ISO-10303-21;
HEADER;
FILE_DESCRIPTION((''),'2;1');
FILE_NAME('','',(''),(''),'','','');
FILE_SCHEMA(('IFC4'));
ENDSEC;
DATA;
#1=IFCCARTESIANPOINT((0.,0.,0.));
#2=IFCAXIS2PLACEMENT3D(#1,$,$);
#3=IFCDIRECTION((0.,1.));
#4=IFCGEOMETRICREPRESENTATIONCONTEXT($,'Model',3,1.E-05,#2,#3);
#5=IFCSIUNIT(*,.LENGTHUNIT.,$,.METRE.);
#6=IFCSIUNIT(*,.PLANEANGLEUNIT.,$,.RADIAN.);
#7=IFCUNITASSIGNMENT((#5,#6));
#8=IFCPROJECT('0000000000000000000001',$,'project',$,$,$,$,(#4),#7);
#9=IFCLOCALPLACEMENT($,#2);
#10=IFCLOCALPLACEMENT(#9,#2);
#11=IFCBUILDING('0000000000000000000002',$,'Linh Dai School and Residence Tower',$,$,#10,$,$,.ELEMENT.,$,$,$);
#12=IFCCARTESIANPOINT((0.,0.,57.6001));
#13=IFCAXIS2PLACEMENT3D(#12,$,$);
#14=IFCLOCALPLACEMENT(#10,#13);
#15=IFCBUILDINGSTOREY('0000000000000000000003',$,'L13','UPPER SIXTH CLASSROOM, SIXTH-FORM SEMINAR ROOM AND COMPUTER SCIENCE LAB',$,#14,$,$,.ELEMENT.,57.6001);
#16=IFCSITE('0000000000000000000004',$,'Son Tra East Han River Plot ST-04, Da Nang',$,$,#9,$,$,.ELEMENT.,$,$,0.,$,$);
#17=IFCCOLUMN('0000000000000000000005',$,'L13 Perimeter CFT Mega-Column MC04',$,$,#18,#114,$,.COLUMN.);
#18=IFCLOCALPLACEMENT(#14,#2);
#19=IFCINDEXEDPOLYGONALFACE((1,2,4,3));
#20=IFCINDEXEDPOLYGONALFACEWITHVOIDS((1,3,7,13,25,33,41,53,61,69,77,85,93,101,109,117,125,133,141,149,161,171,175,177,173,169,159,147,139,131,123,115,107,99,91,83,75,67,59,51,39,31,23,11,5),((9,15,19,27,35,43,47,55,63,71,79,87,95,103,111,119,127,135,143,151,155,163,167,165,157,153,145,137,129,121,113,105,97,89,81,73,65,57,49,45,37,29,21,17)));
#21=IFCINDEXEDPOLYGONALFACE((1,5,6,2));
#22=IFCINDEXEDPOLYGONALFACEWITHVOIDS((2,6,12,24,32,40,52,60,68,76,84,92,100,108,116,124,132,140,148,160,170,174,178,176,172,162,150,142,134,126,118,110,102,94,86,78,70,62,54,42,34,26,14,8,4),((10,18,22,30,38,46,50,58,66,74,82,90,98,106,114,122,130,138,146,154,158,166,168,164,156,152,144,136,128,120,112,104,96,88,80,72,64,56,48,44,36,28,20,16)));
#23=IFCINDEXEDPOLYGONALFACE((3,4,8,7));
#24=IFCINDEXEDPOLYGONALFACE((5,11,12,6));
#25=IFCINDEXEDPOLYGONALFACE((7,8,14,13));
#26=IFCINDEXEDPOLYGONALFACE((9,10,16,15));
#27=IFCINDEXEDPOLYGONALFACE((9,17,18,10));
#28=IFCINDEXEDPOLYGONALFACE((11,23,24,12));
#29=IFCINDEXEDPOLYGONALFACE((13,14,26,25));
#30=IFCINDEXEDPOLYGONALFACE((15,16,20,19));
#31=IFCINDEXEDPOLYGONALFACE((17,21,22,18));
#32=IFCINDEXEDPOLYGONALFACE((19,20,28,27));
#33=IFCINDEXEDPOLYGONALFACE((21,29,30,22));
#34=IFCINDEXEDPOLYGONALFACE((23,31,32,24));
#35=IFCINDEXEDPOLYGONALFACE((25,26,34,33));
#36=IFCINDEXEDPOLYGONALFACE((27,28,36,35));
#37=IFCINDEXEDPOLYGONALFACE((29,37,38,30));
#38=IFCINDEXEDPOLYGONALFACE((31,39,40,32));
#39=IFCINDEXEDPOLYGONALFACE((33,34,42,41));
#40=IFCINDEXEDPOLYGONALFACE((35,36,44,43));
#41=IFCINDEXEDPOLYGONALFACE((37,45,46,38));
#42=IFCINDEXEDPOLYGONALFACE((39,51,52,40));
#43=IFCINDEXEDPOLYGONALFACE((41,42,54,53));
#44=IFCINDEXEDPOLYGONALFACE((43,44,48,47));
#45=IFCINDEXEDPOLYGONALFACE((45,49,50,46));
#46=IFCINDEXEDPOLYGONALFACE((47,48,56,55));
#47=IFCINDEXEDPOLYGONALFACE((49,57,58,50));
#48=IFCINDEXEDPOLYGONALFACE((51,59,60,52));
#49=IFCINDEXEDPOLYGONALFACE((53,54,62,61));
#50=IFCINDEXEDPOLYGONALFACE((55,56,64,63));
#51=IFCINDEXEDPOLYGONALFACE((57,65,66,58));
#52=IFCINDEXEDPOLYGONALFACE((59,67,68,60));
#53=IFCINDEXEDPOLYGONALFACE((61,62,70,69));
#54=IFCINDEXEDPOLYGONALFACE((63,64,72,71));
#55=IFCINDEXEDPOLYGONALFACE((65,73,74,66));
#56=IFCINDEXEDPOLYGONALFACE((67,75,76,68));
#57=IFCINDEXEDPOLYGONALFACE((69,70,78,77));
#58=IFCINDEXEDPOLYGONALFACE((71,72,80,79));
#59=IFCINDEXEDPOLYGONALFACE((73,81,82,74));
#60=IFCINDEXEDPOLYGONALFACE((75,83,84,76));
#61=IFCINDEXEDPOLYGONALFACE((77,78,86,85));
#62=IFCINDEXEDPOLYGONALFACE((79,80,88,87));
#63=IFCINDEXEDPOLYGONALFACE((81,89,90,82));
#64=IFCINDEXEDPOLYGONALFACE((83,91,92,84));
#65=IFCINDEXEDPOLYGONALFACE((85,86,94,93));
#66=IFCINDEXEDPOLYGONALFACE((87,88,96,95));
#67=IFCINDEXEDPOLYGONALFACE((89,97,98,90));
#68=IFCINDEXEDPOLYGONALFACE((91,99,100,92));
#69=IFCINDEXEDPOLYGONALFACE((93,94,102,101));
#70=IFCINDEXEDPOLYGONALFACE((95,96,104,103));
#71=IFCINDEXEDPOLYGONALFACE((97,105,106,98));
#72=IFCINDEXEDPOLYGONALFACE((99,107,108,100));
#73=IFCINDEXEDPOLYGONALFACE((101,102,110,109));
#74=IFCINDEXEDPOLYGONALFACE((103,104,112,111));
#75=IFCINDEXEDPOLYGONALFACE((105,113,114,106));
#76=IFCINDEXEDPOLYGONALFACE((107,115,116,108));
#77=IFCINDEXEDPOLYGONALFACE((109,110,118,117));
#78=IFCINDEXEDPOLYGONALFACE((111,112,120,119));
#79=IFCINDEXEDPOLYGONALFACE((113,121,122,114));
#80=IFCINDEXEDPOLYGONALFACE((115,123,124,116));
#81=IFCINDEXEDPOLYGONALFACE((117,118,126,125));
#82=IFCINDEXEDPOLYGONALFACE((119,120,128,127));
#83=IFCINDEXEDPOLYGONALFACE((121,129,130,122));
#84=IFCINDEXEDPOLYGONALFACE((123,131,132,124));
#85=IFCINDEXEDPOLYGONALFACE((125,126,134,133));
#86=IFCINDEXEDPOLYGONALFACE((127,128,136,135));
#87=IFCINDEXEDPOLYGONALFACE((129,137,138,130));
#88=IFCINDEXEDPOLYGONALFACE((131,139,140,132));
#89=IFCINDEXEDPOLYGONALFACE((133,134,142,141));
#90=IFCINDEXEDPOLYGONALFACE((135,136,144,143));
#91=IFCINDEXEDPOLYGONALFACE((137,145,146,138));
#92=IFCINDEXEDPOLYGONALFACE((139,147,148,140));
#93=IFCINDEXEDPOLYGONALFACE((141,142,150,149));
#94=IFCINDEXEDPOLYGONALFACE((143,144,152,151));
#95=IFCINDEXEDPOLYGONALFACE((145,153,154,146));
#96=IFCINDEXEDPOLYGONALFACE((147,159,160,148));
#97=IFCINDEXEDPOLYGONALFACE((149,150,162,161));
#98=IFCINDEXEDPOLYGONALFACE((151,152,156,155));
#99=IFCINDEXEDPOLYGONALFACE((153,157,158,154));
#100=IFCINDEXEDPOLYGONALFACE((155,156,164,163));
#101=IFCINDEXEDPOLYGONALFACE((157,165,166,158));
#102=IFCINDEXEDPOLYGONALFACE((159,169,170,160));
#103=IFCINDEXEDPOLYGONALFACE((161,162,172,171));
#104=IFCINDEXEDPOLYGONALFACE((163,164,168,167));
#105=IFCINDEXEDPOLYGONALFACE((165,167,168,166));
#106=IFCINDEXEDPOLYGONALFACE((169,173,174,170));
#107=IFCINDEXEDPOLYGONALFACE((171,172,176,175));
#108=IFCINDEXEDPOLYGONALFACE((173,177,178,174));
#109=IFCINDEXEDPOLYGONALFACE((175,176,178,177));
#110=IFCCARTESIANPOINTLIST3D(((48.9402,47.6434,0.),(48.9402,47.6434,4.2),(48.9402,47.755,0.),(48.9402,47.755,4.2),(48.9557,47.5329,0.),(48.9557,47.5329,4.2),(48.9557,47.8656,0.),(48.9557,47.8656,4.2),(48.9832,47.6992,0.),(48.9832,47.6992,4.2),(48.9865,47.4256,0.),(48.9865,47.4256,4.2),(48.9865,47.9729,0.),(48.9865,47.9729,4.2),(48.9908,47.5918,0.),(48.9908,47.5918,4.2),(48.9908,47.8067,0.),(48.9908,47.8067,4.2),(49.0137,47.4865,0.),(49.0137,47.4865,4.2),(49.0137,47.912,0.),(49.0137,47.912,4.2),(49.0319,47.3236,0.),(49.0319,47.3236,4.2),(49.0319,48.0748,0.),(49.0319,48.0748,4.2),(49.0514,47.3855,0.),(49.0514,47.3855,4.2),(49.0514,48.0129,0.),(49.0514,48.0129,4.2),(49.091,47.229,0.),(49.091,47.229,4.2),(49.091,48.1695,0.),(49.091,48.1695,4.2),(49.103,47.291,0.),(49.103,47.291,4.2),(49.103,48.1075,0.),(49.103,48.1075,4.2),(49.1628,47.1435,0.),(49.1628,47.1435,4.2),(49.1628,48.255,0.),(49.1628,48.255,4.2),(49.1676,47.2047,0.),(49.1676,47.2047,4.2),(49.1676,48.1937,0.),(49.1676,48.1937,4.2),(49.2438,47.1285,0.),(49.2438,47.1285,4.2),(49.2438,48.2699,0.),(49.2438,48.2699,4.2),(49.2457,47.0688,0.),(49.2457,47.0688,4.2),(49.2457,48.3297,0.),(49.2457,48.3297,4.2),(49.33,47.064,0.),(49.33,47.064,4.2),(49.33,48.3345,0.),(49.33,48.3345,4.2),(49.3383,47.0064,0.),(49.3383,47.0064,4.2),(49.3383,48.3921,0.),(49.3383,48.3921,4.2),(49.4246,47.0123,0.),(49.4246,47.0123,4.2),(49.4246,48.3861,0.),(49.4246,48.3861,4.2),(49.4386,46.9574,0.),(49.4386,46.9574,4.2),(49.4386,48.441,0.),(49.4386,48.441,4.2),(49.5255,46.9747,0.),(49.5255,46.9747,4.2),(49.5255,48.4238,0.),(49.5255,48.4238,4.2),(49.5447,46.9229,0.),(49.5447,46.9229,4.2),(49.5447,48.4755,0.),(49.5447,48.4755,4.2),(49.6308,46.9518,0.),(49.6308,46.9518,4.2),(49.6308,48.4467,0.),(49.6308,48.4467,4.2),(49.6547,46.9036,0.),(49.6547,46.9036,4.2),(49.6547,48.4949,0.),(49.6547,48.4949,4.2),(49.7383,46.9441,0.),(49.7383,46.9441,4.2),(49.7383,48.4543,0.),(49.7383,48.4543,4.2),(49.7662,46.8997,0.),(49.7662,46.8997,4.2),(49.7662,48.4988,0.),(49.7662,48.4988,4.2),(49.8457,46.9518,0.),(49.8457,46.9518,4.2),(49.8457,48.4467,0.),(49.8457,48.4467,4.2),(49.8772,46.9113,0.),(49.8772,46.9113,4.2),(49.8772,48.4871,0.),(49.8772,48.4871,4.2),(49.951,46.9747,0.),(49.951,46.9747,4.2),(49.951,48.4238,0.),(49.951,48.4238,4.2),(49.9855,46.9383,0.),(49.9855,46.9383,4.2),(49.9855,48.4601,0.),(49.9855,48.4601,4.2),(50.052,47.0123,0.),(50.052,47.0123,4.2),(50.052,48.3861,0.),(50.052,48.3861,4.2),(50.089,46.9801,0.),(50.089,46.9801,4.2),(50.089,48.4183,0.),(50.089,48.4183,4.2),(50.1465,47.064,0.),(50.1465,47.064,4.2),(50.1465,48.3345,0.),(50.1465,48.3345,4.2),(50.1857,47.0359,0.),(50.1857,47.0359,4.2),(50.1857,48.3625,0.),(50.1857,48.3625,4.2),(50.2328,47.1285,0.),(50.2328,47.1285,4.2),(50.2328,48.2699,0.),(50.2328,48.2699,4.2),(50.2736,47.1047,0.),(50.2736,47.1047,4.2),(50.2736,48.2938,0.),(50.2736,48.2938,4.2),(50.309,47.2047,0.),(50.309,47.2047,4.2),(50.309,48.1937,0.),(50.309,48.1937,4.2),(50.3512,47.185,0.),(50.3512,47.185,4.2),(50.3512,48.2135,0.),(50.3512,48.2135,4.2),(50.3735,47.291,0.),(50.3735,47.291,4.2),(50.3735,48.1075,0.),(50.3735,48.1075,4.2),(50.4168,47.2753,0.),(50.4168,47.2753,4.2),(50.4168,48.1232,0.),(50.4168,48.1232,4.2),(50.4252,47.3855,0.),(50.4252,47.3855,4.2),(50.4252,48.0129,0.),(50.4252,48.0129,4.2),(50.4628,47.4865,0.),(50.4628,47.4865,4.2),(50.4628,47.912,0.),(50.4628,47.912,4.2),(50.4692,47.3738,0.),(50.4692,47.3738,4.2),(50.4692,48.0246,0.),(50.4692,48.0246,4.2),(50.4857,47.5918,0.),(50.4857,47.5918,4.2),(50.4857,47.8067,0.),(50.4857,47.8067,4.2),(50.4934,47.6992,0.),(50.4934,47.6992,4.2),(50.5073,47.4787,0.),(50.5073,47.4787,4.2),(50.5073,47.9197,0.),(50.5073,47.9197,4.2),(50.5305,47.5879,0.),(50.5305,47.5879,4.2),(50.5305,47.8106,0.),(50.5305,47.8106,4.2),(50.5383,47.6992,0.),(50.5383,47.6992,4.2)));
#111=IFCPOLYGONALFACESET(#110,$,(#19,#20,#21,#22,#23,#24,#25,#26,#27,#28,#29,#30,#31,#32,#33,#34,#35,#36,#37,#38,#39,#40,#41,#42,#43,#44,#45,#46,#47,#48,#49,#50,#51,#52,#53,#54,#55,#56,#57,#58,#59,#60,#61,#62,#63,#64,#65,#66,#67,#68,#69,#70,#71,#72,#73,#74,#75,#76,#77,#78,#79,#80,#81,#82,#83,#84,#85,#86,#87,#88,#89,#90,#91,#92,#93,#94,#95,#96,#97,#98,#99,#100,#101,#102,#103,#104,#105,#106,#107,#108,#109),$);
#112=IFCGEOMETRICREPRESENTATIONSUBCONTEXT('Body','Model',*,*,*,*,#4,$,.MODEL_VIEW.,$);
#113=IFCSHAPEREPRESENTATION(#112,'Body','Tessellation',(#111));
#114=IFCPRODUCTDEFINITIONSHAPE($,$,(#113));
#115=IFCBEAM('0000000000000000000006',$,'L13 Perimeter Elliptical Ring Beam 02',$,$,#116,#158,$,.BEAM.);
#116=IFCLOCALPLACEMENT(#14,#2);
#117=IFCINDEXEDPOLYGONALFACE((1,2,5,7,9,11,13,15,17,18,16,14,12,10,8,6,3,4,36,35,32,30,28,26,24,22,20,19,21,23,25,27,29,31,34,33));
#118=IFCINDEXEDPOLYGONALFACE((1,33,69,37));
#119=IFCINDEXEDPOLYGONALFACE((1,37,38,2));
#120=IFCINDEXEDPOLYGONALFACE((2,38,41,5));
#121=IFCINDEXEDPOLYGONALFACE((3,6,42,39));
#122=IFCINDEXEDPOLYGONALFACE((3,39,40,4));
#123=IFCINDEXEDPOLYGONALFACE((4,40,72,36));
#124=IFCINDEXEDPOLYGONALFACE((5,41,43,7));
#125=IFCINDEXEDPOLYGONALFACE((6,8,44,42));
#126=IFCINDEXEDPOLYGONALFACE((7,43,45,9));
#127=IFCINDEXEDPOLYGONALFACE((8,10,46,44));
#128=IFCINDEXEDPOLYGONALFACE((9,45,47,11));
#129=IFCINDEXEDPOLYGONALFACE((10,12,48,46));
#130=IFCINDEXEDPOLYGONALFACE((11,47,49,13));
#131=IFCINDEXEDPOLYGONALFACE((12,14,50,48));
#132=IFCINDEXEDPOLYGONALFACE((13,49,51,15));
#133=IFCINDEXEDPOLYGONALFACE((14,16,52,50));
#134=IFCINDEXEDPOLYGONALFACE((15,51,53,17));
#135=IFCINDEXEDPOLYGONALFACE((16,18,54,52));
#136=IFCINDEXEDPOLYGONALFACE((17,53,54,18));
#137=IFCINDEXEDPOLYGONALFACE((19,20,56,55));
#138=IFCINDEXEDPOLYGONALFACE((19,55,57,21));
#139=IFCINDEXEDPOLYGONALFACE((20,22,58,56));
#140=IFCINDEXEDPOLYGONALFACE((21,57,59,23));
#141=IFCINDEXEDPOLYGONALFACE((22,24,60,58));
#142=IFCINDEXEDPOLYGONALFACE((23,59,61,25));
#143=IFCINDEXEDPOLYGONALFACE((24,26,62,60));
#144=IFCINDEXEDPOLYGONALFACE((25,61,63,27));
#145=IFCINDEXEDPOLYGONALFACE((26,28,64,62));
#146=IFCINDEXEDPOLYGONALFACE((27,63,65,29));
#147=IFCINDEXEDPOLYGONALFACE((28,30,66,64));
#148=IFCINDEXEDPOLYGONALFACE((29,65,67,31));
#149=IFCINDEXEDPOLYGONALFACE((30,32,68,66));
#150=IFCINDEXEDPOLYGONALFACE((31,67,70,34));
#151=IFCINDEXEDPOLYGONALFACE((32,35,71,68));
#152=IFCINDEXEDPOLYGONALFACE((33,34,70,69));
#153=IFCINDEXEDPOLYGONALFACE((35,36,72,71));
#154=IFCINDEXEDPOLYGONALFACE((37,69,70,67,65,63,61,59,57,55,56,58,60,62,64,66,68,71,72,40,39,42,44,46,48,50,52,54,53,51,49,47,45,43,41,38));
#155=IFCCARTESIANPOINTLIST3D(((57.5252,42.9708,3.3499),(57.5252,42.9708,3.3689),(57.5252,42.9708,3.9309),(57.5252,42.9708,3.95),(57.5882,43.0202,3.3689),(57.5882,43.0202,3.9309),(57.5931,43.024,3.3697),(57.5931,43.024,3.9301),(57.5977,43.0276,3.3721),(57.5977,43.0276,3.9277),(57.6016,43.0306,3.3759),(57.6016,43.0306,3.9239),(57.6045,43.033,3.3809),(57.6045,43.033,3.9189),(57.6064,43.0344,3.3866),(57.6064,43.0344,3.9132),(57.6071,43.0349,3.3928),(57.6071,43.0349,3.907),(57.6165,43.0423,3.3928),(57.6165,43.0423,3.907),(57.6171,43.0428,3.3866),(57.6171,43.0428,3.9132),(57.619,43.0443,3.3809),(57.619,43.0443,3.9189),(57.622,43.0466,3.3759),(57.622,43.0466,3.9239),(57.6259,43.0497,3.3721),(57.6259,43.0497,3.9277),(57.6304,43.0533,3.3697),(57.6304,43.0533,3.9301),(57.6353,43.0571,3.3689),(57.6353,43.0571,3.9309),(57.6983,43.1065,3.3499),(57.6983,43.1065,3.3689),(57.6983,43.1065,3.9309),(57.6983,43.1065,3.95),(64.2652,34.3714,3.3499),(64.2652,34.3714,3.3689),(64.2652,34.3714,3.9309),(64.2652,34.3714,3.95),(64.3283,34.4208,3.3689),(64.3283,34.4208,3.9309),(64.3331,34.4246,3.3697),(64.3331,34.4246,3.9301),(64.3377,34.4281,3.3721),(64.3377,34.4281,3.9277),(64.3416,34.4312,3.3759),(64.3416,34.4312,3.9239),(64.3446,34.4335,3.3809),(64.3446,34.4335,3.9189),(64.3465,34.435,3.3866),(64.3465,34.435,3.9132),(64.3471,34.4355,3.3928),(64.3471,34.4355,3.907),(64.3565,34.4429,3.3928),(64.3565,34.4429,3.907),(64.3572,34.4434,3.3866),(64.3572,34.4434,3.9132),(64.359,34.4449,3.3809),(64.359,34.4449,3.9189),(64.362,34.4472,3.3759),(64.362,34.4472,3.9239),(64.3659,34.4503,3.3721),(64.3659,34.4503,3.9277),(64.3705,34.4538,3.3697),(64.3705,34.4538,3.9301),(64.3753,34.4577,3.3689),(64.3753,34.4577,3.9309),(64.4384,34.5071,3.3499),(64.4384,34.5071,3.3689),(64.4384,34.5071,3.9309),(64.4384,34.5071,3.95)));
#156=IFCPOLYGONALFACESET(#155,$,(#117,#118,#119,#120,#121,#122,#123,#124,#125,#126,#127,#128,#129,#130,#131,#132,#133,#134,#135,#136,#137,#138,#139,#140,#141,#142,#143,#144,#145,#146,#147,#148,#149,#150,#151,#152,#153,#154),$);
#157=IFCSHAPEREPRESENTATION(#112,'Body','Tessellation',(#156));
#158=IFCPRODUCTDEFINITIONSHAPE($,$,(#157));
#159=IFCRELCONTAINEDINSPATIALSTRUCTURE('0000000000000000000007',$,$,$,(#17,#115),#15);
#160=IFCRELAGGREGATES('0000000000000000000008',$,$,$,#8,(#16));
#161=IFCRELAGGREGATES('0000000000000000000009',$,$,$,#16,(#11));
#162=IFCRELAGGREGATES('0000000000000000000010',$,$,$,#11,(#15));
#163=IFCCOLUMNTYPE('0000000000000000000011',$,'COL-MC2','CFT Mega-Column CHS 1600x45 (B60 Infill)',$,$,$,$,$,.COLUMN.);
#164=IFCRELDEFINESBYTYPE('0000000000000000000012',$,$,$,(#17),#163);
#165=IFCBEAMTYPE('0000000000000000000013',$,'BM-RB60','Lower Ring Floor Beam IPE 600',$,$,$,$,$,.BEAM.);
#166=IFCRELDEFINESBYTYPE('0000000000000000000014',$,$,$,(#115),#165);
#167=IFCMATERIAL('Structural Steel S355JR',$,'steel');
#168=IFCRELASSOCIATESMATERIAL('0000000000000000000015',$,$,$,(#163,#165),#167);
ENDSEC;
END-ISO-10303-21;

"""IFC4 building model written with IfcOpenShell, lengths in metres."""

from ifc_helpers import new_model, si_unit, direction, frame, origin, origin_2d, place, context, subcontext, project, spatial, hollow_circle, i_section, extrude, material, material_profile, profile_set, type_object, element, save


model = new_model("IFC4")

# Units and contexts
model_context = context("Model", 3, precision=1e-05, world=origin(), true_north=direction((0.0, 1.0)))
body_context = subcontext(model_context, "Body", "Model", "MODEL_VIEW")
ifc_project = project(units=[si_unit("LENGTHUNIT", "METRE"), si_unit("PLANEANGLEUNIT", "RADIAN")], contexts=[model_context])

# Site, building, storey
site_placement = place(None, origin())
site = spatial("IfcSite", under=ifc_project, at=site_placement, Name="Son Tra East Han River Plot ST-04, Da Nang", CompositionType="ELEMENT", RefElevation=0.0)
building_placement = place(site_placement, origin())
building = spatial("IfcBuilding", under=site, at=building_placement, Name="Linh Dai School and Residence Tower", CompositionType="ELEMENT")
storey_placement = place(building_placement, frame((0.0, 0.0, 57.6001)))
storey = spatial("IfcBuildingStorey", under=building, at=storey_placement, Name="L13", Description="UPPER SIXTH CLASSROOM, SIXTH-FORM SEMINAR ROOM AND COMPUTER SCIENCE LAB", CompositionType="ELEMENT", Elevation=57.6001)

# Column
ifc_material_1 = material(Name="Structural Steel S355JR", Category="steel")
ifc_material_profile_1 = material_profile(ifc_material_1, hollow_circle(Radius=0.8, WallThickness=0.0449, at=origin_2d()), Name="CHS 1600x45")
ifc_profile_set_1 = profile_set([ifc_material_profile_1], Name="Structural Steel S355JR")
column_type_1 = type_object("IfcColumnType", Name="COL-MC2", Description="CFT Mega-Column CHS 1600x45 (B60 Infill)", PredefinedType="COLUMN", material=ifc_profile_set_1)
for number, where, z_axis, x_axis, name in (
    (1, (49.7383, 47.6992, 0.0), (0.0, 0.0, 1.0), (1.0, 0.0, 0.0), "L13 Perimeter CFT Mega-Column MC04"),
):
    element("IfcColumn", number, at=place(storey_placement, frame(where, z_axis=z_axis, x_axis=x_axis)), inside=storey, type_object=column_type_1, Name=name, PredefinedType="COLUMN", context=body_context, shape_type="SweptSolid", body=[
        extrude(hollow_circle(Radius=0.8, WallThickness=0.0449, at=origin_2d()), origin(), (0.0, 0.0, 1.0), 4.2),
    ])

# Beam
ifc_material_profile_2 = material_profile(ifc_material_1, i_section(OverallWidth=0.22, OverallDepth=0.6001, WebThickness=0.012, FlangeThickness=0.019, FilletRadius=0.0239, at=origin_2d()), Name="IPE 600")
ifc_profile_set_2 = profile_set([ifc_material_profile_2], Name="Structural Steel S355JR")
beam_type_1 = type_object("IfcBeamType", Name="BM-RB60", Description="Lower Ring Floor Beam IPE 600", PredefinedType="BEAM", material=ifc_profile_set_2)
beam_1_placement = place(storey_placement, frame((64.3518, 34.4392, 3.6499), z_axis=(-0.616879, 0.787058, 0.0), x_axis=(-0.787058, -0.616879, 0.0)))
element("IfcBeam", 2, at=beam_1_placement, inside=storey, type_object=beam_type_1, Name="L13 Perimeter Elliptical Ring Beam 02", PredefinedType="BEAM", context=body_context, shape_type="SweptSolid", body=[
    extrude(i_section(OverallWidth=0.22, OverallDepth=0.6001, WebThickness=0.012, FlangeThickness=0.019, FilletRadius=0.0239, at=origin_2d()), origin(), (0.0, 0.0, 1.0), 10.926),
])

save(model, "model.ifc")
